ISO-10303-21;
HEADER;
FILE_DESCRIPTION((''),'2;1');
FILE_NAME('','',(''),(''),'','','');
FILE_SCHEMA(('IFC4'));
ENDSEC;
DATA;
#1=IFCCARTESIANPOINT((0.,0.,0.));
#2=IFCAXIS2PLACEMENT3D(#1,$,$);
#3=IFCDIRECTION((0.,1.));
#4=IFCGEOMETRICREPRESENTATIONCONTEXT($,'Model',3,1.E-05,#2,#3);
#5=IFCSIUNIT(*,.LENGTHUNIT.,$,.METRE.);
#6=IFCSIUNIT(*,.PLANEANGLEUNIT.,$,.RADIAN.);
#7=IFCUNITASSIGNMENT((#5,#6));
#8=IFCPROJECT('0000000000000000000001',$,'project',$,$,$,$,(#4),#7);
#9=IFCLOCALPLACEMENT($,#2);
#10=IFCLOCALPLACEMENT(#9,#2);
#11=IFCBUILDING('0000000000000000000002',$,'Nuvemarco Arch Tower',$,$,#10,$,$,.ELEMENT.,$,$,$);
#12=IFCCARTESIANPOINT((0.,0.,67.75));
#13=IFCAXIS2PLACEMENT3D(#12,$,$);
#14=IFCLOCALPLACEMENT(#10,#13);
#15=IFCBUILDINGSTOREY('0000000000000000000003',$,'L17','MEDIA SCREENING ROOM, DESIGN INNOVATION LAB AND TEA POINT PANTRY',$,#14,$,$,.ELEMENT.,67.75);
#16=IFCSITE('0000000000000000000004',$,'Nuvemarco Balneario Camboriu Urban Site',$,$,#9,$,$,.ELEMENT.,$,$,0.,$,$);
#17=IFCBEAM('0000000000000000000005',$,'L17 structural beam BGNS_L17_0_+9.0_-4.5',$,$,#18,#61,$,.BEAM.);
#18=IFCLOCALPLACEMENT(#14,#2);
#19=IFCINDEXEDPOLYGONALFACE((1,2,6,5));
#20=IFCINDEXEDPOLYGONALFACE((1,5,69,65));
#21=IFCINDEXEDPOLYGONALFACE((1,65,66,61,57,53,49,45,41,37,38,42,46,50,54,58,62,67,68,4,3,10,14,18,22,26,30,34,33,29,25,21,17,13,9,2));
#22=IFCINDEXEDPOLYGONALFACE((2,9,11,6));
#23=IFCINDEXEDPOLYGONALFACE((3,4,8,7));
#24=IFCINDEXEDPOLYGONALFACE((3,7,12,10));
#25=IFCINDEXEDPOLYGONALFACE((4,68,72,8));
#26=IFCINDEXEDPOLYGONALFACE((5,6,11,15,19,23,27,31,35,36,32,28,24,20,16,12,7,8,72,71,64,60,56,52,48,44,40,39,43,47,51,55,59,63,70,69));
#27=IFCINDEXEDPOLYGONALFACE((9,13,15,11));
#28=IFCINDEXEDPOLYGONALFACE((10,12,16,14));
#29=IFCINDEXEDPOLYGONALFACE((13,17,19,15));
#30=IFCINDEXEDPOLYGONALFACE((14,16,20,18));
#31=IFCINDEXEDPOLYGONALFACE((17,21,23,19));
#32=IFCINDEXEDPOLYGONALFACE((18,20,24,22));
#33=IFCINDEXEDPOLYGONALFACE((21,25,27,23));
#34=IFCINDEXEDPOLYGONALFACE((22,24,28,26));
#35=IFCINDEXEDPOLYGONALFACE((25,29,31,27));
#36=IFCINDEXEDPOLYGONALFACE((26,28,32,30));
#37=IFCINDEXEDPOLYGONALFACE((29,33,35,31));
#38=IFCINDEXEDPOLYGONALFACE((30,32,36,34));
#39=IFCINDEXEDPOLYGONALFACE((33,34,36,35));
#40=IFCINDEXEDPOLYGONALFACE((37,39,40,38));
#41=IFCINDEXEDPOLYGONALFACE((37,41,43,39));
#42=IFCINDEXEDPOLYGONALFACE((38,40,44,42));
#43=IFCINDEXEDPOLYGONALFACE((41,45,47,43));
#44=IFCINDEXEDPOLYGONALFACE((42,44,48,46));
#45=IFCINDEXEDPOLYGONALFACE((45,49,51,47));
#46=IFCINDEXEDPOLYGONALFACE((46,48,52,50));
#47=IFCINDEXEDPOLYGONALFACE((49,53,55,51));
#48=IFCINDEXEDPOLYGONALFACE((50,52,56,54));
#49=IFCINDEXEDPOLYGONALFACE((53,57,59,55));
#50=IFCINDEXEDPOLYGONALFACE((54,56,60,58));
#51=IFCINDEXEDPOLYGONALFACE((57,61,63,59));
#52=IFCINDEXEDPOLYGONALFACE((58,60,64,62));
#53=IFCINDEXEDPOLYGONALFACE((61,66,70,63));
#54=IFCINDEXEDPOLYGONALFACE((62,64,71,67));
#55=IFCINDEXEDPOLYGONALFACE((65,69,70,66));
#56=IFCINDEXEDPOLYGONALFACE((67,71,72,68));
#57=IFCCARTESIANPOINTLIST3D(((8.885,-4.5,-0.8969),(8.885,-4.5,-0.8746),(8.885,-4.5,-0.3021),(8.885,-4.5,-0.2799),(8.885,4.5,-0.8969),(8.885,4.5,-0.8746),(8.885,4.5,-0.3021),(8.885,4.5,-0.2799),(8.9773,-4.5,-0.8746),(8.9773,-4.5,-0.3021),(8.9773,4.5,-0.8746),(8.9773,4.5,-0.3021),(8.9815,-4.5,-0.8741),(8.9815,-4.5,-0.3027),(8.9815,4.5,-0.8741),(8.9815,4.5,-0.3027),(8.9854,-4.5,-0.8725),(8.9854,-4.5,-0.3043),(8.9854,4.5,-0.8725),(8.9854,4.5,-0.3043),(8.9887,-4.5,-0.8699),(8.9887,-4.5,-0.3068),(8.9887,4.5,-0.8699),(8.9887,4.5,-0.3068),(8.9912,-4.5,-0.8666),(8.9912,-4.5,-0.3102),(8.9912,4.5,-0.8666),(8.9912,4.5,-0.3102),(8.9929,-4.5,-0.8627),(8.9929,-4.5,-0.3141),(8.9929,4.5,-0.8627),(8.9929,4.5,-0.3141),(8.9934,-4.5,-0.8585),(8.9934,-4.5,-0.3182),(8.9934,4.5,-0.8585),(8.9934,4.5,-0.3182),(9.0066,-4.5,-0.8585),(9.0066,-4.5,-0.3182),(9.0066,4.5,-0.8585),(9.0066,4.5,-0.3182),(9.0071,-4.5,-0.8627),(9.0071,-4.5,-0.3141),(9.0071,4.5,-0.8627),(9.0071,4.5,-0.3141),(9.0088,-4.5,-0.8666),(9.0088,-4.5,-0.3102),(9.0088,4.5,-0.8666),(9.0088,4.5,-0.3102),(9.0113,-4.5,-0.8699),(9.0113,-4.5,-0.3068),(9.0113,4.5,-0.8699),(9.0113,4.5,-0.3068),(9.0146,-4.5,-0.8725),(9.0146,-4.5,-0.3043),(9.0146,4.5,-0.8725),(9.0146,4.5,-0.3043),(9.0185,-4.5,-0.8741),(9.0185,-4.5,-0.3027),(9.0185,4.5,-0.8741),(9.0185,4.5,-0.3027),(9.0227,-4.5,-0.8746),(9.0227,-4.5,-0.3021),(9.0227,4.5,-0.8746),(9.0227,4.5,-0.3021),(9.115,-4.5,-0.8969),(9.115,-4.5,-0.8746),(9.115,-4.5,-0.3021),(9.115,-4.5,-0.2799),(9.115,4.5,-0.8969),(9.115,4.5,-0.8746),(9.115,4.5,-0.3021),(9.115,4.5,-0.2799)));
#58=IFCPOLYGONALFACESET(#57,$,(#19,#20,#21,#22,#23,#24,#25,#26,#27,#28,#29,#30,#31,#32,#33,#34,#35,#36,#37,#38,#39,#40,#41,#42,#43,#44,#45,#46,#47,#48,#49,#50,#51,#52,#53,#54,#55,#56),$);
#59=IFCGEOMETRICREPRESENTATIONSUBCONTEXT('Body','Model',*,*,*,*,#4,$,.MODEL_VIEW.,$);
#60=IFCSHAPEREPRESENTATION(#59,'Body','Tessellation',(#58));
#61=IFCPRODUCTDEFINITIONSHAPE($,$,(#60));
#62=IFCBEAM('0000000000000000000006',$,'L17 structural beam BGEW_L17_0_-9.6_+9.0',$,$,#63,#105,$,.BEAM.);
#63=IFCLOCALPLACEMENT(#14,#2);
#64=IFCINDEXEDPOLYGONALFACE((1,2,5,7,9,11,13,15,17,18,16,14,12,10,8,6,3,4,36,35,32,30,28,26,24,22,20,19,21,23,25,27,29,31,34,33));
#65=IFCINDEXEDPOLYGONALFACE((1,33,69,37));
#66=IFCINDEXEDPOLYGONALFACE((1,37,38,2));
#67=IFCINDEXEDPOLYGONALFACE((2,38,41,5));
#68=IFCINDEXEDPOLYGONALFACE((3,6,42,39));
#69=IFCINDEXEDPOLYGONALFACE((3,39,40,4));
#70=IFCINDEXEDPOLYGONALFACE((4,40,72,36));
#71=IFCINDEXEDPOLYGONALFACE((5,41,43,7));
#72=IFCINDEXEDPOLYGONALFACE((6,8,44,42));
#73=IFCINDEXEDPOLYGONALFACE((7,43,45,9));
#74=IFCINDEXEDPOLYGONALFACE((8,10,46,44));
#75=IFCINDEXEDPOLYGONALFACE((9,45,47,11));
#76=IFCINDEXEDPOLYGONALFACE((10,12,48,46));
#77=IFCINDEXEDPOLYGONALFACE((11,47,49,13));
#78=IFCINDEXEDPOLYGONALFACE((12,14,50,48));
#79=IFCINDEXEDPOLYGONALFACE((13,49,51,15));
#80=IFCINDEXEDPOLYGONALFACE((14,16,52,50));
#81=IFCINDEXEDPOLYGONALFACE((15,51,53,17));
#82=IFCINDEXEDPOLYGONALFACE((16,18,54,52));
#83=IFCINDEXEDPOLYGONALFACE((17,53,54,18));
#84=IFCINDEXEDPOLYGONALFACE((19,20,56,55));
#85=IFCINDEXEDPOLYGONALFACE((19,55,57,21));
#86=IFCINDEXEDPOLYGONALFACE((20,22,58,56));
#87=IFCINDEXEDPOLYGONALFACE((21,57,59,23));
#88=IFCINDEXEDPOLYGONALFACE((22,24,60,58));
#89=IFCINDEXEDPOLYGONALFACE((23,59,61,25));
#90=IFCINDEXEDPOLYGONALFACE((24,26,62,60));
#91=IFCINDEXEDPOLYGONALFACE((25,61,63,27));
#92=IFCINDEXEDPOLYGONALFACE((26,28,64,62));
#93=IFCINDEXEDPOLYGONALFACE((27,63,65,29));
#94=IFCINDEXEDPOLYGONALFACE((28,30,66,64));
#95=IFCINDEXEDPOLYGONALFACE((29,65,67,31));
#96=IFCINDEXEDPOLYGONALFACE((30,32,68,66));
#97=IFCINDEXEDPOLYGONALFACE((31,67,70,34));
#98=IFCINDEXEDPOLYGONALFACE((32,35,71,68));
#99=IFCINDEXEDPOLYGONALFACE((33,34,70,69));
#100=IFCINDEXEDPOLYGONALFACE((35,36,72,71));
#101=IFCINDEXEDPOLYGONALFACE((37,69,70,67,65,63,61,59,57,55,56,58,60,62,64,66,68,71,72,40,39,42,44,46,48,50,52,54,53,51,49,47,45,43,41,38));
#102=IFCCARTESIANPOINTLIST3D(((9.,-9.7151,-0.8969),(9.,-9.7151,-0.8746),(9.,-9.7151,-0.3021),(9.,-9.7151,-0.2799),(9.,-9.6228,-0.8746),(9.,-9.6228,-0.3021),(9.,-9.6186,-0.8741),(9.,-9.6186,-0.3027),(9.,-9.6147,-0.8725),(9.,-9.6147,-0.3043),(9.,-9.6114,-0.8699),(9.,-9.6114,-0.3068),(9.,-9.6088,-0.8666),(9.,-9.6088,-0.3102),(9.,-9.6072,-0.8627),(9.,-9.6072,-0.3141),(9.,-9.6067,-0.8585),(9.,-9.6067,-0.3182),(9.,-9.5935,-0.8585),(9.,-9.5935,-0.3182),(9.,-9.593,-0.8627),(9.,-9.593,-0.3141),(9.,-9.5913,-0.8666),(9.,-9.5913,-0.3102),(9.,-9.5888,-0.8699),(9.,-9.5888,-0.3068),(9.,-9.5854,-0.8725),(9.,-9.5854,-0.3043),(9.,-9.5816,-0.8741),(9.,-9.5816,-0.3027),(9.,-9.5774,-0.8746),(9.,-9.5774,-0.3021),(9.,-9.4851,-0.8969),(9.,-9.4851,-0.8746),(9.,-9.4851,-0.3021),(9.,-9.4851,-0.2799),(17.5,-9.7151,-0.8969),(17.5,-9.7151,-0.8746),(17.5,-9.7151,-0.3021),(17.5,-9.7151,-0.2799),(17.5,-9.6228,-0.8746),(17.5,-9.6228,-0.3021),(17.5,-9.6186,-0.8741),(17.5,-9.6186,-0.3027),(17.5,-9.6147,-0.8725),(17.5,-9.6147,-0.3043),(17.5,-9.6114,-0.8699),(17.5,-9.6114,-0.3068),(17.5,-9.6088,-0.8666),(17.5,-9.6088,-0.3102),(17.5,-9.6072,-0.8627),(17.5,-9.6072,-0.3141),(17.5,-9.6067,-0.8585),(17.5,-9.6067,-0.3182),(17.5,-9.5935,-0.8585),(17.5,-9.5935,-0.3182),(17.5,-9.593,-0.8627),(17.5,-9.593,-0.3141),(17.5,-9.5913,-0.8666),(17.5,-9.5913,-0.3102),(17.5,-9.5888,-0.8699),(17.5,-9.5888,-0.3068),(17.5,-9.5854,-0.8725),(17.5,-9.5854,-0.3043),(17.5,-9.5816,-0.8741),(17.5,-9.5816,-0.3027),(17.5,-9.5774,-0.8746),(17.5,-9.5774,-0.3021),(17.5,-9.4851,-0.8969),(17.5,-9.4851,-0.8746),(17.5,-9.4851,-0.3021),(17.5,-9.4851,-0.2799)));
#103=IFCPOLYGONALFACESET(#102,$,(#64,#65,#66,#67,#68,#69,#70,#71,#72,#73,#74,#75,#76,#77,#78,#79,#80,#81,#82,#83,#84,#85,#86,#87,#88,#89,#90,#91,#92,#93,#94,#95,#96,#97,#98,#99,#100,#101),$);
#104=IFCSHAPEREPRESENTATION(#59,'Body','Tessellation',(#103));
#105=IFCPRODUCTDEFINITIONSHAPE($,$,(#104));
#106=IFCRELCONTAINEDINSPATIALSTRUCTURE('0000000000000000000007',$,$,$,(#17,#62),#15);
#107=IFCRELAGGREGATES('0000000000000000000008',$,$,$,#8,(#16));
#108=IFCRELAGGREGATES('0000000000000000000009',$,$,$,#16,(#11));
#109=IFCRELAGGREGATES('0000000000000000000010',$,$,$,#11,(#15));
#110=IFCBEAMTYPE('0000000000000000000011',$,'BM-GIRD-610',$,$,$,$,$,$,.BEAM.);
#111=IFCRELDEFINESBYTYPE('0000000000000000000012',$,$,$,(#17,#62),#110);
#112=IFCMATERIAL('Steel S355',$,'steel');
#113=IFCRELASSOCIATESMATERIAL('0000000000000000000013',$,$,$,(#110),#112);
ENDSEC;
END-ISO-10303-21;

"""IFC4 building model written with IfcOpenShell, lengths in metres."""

from ifc_helpers import new_model, si_unit, direction, frame, origin, origin_2d, place, context, subcontext, project, spatial, i_section, extrude, material, material_profile, profile_set, type_object, element, save


model = new_model("IFC4")

# Units and contexts
model_context = context("Model", 3, precision=1e-05, world=origin(), true_north=direction((0.0, 1.0)))
body_context = subcontext(model_context, "Body", "Model", "MODEL_VIEW")
ifc_project = project(units=[si_unit("LENGTHUNIT", "METRE"), si_unit("PLANEANGLEUNIT", "RADIAN")], contexts=[model_context])

# Site, building, storey
site_placement = place(None, origin())
site = spatial("IfcSite", under=ifc_project, at=site_placement, Name="Nuvemarco Balneario Camboriu Urban Site", CompositionType="ELEMENT", RefElevation=0.0)
building_placement = place(site_placement, origin())
building = spatial("IfcBuilding", under=site, at=building_placement, Name="Nuvemarco Arch Tower", CompositionType="ELEMENT")
storey_placement = place(building_placement, frame((0.0, 0.0, 67.75)))
storey = spatial("IfcBuildingStorey", under=building, at=storey_placement, Name="L17", Description="MEDIA SCREENING ROOM, DESIGN INNOVATION LAB AND TEA POINT PANTRY", CompositionType="ELEMENT", Elevation=67.75)

# Shared definitions
ifc_material_1 = material(Name="Steel S355", Category="steel")

# Beams
ifc_material_profile_1 = material_profile(ifc_material_1, i_section(OverallWidth=0.23, OverallDepth=0.6169, WebThickness=0.0132, FlangeThickness=0.0222, FilletRadius=0.0161, at=origin_2d()), Name="W610x140")
ifc_profile_set_1 = profile_set([ifc_material_profile_1], Name="Steel S355")
beam_type_1 = type_object("IfcBeamType", Name="BM-GIRD-610", PredefinedType="BEAM", material=ifc_profile_set_1)
beam_1_placement = place(storey_placement, frame((9.0, -4.5, -0.5884), z_axis=(0.0, 1.0, 0.0), x_axis=(-1.0, 0.0, 0.0)))
element("IfcBeam", 1, at=beam_1_placement, inside=storey, type_object=beam_type_1, Name="L17 structural beam BGNS_L17_0_+9.0_-4.5", PredefinedType="BEAM", context=body_context, shape_type="SweptSolid", body=[
    extrude(i_section(OverallWidth=0.23, OverallDepth=0.6169, WebThickness=0.0132, FlangeThickness=0.0222, FilletRadius=0.0161, at=origin_2d()), origin(), (0.0, 0.0, 1.0), 9.0),
])
beam_2_placement = place(storey_placement, frame((9.0, -9.6001, -0.5884), z_axis=(1.0, 0.0, 0.0), x_axis=(0.0, 1.0, 0.0)))
element("IfcBeam", 2, at=beam_2_placement, inside=storey, type_object=beam_type_1, Name="L17 structural beam BGEW_L17_0_-9.6_+9.0", PredefinedType="BEAM", context=body_context, shape_type="SweptSolid", body=[
    extrude(i_section(OverallWidth=0.23, OverallDepth=0.6169, WebThickness=0.0132, FlangeThickness=0.0222, FilletRadius=0.0161, at=origin_2d()), origin(), (0.0, 0.0, 1.0), 8.5),
])

save(model, "model.ifc")
